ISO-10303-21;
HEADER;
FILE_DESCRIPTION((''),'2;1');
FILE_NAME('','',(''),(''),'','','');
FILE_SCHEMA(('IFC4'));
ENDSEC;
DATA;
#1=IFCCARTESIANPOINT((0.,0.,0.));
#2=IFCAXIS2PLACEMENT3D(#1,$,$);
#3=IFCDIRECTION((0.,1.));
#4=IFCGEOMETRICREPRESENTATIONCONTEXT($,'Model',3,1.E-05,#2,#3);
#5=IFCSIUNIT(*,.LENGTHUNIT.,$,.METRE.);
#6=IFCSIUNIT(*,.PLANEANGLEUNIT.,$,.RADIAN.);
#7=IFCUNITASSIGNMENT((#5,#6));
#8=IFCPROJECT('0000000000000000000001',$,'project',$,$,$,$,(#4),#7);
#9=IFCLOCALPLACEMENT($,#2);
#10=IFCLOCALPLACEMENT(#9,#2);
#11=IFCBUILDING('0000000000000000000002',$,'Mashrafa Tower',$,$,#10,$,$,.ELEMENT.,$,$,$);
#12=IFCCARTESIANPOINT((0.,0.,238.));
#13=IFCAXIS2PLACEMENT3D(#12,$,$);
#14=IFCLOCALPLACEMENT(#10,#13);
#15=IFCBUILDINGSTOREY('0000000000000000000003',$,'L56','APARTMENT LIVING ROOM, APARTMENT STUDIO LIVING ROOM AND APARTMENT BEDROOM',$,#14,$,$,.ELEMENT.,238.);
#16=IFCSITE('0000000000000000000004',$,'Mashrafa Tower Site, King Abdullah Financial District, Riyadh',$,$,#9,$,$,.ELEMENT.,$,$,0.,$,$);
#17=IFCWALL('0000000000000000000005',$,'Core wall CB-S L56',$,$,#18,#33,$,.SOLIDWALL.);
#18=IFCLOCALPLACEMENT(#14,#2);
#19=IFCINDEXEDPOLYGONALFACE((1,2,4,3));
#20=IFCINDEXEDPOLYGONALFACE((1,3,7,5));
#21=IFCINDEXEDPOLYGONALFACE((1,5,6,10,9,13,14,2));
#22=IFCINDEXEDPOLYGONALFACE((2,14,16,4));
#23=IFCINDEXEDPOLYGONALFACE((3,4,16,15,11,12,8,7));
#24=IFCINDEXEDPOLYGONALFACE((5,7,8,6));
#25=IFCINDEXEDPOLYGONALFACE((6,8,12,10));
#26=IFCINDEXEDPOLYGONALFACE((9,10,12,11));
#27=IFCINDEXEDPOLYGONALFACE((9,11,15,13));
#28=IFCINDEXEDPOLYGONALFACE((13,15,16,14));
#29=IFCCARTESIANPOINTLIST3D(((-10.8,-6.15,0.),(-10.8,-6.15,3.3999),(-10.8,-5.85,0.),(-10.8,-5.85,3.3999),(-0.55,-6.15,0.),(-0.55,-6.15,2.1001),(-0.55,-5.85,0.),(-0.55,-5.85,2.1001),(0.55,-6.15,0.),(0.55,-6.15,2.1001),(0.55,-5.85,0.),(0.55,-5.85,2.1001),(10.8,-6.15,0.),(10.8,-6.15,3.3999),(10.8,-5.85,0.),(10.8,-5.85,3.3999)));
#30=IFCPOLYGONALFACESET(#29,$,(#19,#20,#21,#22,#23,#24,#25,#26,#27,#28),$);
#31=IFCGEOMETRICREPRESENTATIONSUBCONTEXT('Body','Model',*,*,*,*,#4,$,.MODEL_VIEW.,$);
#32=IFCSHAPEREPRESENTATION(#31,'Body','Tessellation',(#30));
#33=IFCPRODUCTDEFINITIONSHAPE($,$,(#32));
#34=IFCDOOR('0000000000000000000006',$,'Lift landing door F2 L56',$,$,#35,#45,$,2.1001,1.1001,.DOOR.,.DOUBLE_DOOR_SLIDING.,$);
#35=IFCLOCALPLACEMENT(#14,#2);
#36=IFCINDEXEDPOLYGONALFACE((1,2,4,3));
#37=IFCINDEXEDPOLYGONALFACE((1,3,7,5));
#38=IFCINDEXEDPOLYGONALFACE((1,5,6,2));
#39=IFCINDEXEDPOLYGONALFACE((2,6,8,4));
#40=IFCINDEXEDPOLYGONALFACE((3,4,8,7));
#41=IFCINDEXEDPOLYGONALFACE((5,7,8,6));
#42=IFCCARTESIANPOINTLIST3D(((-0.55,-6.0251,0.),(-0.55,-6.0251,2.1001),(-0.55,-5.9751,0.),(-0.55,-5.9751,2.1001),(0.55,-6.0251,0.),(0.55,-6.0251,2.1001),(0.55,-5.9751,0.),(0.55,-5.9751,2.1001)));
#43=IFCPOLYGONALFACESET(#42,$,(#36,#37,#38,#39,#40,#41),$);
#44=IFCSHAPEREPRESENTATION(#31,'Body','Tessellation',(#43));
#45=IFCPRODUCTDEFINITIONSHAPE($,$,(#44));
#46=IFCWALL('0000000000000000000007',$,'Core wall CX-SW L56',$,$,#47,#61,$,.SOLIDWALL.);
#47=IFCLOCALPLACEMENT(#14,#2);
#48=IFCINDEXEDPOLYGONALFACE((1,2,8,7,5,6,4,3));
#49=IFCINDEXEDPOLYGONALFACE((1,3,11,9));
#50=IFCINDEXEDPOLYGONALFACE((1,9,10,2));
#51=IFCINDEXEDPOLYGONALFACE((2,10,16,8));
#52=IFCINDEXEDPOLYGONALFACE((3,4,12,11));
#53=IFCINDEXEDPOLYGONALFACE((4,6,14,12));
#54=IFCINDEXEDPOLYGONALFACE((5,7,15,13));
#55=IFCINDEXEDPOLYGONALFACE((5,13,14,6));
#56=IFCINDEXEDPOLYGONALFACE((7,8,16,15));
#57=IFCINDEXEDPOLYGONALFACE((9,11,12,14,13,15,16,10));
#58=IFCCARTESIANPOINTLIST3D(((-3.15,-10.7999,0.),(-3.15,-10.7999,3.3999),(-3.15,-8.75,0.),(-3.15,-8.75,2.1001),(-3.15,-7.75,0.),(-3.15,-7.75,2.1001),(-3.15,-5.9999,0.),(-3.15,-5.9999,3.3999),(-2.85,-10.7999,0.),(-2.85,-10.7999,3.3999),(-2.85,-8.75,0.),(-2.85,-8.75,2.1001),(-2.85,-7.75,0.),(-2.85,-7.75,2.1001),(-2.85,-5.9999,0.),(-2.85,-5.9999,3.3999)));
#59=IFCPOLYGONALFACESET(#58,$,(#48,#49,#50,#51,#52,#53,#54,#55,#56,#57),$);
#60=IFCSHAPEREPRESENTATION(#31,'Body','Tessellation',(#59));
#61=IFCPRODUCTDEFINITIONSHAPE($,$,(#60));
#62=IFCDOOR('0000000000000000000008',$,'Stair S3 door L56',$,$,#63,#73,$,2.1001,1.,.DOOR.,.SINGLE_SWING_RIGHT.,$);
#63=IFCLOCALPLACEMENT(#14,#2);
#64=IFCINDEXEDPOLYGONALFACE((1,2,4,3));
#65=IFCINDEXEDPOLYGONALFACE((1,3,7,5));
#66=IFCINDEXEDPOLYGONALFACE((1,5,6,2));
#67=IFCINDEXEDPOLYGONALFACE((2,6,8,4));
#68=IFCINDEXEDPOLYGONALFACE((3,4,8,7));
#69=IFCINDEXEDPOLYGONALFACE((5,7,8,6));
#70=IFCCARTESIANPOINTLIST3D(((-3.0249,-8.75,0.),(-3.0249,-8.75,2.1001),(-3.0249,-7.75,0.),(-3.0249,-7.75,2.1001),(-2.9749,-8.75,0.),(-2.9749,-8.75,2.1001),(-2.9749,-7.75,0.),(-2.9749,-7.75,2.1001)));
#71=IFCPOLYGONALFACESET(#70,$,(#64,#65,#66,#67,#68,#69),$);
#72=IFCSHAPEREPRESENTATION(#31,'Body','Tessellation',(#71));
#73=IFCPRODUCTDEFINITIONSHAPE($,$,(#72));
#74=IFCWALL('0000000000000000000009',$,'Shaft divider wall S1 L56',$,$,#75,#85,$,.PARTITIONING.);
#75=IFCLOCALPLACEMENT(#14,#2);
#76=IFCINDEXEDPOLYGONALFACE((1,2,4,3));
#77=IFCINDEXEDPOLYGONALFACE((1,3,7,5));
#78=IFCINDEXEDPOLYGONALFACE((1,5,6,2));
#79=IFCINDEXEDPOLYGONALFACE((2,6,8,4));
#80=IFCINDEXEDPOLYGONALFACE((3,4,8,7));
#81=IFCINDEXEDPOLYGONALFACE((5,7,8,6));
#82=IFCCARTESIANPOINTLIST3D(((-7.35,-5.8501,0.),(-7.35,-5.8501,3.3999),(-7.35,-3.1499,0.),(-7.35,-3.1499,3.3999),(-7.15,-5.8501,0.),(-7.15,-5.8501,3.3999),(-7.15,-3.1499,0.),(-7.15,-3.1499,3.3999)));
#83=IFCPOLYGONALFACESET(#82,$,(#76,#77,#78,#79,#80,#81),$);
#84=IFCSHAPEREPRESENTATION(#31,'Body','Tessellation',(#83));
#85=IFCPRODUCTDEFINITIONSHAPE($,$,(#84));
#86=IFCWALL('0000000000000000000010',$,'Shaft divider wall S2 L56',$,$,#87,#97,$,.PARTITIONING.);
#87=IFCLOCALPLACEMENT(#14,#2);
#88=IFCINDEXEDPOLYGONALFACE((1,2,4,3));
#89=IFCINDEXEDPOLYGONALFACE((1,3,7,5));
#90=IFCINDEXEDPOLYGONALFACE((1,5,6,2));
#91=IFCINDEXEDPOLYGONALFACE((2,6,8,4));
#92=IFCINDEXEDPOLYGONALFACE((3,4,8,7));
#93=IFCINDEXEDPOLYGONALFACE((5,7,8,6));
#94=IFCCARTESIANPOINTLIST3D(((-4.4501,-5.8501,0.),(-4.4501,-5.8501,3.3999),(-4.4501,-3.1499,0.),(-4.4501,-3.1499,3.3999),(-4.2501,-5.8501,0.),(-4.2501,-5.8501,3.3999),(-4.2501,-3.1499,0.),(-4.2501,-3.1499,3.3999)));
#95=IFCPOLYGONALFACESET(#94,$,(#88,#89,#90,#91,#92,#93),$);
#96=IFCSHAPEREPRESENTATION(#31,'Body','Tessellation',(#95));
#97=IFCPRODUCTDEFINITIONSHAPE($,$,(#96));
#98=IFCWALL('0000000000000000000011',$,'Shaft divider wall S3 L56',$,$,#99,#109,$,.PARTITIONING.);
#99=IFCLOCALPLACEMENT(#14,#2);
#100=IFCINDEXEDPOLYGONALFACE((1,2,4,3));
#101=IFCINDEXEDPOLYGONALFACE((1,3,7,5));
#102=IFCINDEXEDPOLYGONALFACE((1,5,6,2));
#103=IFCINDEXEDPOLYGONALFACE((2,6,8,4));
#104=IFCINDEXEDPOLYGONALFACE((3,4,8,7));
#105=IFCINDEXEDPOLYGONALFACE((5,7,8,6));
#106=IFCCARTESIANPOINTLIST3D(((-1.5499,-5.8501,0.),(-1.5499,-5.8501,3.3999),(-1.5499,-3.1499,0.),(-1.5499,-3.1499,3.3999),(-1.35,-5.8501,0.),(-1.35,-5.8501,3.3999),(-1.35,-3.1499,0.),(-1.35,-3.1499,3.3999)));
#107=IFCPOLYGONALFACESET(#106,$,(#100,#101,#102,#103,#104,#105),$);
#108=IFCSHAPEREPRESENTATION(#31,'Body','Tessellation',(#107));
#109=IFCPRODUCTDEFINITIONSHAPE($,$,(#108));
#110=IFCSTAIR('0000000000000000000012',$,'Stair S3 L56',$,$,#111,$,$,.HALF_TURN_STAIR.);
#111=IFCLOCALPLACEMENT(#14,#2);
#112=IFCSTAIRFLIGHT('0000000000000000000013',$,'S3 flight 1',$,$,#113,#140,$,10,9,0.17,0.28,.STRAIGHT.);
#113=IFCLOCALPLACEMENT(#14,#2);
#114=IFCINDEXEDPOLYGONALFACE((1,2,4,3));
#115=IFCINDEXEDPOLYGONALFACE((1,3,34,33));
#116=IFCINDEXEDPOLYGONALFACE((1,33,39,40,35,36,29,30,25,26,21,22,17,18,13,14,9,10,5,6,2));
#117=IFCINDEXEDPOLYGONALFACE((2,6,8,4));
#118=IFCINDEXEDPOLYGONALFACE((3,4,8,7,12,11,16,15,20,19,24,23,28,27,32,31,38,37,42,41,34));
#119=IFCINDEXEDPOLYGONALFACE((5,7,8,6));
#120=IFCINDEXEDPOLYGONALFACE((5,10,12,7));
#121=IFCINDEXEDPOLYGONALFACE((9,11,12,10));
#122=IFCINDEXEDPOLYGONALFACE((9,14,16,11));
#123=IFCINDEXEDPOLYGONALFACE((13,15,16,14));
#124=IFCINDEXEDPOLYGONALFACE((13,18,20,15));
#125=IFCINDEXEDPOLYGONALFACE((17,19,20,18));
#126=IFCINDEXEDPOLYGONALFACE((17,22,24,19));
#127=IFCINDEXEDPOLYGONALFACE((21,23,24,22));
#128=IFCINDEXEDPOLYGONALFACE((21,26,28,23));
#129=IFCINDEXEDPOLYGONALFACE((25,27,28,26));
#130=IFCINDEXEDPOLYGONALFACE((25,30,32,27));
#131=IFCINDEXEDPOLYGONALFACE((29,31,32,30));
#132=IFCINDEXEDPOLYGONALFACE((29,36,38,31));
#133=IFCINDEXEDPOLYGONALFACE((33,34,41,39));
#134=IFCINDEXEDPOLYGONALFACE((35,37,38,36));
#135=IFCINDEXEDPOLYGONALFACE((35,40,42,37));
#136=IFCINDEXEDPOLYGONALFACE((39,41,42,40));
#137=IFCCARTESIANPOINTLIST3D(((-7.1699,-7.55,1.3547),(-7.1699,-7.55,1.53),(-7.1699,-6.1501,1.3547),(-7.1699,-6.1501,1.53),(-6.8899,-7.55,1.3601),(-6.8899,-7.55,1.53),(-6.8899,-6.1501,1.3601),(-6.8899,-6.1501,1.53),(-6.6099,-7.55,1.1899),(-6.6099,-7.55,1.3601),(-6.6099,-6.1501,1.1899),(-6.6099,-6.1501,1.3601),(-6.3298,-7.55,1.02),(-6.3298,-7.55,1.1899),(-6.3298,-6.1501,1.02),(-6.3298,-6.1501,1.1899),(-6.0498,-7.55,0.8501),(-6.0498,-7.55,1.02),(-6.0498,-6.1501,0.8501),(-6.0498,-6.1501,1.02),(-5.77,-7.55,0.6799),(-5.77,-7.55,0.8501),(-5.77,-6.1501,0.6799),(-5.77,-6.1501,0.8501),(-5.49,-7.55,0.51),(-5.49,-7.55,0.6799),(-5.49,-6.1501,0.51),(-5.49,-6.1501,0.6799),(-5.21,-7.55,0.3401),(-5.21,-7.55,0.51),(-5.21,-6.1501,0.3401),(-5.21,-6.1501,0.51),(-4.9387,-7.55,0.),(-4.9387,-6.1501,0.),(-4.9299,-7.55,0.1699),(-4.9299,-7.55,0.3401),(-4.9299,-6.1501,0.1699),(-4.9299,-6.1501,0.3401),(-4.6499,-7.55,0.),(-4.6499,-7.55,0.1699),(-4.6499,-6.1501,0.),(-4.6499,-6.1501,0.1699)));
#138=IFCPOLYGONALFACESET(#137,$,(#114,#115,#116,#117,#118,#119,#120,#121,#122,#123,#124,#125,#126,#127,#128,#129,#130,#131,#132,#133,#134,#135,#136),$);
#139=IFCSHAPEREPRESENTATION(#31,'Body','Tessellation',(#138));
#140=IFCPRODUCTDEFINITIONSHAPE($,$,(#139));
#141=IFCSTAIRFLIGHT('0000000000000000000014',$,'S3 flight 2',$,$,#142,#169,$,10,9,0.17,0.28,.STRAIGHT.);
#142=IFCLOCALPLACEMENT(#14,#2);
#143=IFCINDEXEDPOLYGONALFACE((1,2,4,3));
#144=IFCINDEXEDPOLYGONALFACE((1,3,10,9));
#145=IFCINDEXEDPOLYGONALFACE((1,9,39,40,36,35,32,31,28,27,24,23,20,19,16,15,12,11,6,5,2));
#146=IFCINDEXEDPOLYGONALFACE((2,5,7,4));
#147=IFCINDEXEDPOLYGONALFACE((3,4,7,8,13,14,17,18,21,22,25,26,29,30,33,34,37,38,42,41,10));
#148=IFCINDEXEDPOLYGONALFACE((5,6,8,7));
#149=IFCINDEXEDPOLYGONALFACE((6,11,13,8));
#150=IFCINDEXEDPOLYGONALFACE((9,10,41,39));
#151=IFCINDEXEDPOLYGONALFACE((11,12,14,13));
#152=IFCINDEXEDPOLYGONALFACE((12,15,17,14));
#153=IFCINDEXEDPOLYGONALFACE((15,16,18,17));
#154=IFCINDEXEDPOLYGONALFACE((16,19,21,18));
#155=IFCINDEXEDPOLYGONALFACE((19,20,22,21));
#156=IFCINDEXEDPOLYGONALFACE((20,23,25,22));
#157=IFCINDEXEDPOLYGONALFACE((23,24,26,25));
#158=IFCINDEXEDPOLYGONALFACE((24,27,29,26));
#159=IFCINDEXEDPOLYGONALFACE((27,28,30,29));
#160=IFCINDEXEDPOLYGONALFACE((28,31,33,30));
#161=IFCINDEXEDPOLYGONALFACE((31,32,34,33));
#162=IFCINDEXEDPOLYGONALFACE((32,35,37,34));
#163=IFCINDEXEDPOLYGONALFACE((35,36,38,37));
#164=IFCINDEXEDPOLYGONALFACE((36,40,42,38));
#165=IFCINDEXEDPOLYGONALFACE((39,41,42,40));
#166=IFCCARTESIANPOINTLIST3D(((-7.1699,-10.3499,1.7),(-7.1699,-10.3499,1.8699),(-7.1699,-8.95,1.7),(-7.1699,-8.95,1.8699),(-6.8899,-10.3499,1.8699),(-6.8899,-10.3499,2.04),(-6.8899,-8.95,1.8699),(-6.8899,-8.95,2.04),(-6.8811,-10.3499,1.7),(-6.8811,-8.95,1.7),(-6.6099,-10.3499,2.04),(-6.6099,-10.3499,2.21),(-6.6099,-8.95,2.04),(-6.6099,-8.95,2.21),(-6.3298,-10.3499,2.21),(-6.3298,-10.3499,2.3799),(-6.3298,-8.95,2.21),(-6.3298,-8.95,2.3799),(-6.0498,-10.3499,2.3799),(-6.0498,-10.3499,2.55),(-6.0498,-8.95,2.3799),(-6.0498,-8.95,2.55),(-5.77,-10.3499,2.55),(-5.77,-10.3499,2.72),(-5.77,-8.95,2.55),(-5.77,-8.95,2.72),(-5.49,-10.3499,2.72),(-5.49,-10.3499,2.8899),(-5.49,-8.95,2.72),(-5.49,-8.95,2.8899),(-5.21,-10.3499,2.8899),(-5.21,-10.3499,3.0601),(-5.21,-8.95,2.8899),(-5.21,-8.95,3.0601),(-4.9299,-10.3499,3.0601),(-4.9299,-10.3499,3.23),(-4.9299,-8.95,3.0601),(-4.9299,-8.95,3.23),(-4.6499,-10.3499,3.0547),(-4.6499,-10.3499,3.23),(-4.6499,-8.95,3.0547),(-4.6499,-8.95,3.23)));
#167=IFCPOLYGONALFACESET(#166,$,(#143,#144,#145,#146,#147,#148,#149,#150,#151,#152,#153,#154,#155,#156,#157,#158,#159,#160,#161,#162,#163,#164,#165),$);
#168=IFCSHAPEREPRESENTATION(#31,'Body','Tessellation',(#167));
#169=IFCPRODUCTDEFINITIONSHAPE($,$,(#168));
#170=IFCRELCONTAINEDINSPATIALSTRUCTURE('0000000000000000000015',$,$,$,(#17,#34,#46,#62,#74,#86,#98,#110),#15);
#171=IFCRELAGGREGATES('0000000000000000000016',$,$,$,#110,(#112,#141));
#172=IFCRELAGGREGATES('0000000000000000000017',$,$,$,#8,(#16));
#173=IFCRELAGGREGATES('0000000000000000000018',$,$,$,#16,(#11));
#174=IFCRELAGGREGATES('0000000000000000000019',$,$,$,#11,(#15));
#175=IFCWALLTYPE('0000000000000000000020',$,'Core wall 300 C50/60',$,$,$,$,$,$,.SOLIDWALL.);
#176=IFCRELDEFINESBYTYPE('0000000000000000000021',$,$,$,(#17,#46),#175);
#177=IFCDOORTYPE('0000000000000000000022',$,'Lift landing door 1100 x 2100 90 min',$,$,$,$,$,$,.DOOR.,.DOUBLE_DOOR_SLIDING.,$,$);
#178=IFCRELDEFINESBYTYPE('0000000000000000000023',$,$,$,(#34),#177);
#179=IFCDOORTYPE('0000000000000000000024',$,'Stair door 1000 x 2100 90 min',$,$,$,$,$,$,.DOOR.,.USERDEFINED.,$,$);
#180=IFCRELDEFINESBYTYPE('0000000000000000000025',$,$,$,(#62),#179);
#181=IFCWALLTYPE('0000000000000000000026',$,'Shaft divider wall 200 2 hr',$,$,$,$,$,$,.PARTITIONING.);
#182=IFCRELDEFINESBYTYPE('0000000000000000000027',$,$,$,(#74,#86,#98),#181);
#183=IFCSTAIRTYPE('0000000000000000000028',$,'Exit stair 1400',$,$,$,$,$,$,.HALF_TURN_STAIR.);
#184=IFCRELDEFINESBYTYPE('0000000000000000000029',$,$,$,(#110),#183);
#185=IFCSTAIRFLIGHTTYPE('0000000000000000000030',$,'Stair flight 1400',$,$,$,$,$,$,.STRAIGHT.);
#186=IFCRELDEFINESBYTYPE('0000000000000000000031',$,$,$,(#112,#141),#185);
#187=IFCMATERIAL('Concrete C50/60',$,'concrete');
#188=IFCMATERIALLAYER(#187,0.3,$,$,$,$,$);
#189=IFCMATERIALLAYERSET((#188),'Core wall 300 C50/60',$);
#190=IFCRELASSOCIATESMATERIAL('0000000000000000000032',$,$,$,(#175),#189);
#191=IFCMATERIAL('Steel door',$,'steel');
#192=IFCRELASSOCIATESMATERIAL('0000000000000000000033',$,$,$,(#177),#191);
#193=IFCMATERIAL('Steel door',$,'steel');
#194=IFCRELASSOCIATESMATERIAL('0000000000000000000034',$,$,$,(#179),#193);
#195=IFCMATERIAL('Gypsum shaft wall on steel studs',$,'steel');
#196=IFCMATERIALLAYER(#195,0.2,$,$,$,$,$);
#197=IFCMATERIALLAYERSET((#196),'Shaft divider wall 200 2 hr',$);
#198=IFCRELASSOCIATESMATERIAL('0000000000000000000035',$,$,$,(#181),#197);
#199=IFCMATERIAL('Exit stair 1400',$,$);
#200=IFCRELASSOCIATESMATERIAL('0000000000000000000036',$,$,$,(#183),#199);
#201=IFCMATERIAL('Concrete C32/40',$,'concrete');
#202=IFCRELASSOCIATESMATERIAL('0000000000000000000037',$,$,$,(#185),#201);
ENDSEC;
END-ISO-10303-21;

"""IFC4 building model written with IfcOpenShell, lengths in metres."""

from ifc_helpers import new_model, si_unit, direction, frame, frame_2d, origin, place, context, subcontext, project, spatial, polyline, rectangle, outline, extrude, material, layer, layer_set, type_object, element, fill, aggregate, save


model = new_model("IFC4")

# Units and contexts
model_context = context("Model", 3, precision=1e-05, world=origin(), true_north=direction((0.0, 1.0)))
body_context = subcontext(model_context, "Body", "Model", "MODEL_VIEW")
ifc_project = project(units=[si_unit("LENGTHUNIT", "METRE"), si_unit("PLANEANGLEUNIT", "RADIAN")], contexts=[model_context])

# Site, building, storey
site_placement = place(None, origin())
site = spatial("IfcSite", under=ifc_project, at=site_placement, Name="Mashrafa Tower Site, King Abdullah Financial District, Riyadh", CompositionType="ELEMENT", RefElevation=0.0)
building_placement = place(site_placement, origin())
building = spatial("IfcBuilding", under=site, at=building_placement, Name="Mashrafa Tower", CompositionType="ELEMENT")
storey_placement = place(building_placement, frame((0.0, 0.0, 238.0)))
storey = spatial("IfcBuildingStorey", under=building, at=storey_placement, Name="L56", Description="APARTMENT LIVING ROOM, APARTMENT STUDIO LIVING ROOM AND APARTMENT BEDROOM", CompositionType="ELEMENT", Elevation=238.0)

# Shared definitions
ifc_material_1 = material(Name="Concrete C50/60", Category="concrete")
ifc_layer_1 = layer(ifc_material_1, 0.3)
ifc_layer_set_1 = layer_set([ifc_layer_1], Name="Core wall 300 C50/60")
wall_type_1 = type_object("IfcWallType", Name="Core wall 300 C50/60", PredefinedType="SOLIDWALL", material=ifc_layer_set_1)
ifc_material_2 = material(Name="Steel door", Category="steel")
door_type_1 = type_object("IfcDoorType", Name="Lift landing door 1100 x 2100 90 min", OperationType="DOUBLE_DOOR_SLIDING", PredefinedType="DOOR", material=ifc_material_2)

# Walls, openings, doors
wall_1_placement = place(storey_placement, frame((-10.8, -6.0, 0.0), z_axis=(0.0, 0.0, 1.0), x_axis=(1.0, 0.0, 0.0)))
wall_1 = element("IfcWall", 1, at=wall_1_placement, inside=storey, type_object=wall_type_1, Name="Core wall CB-S L56", PredefinedType="SOLIDWALL", context=body_context, shape_type="SweptSolid", body=[
    extrude(rectangle(XDim=21.6001, YDim=0.3, at=frame_2d((10.8, 0.0))), origin(), (0.0, 0.0, 1.0), 3.3999),
])
opening_1_placement = place(wall_1_placement, frame((10.25, 0.0, 0.0)))
opening_1 = element("IfcOpeningElement", 2, at=opening_1_placement, cuts=wall_1, PredefinedType="OPENING", context=body_context, shape_type="SweptSolid", body=[
    extrude(rectangle(XDim=1.1001, YDim=2.1001, at=frame_2d((0.55, 1.05))), frame((0.0, 0.1599, 0.0), z_axis=(0.0, -1.0, 0.0), x_axis=(1.0, 0.0, 0.0)), (0.0, 0.0, 1.0), 0.3201),
])
door_1_placement = place(opening_1_placement, origin())
door_1 = element("IfcDoor", 3, at=door_1_placement, inside=storey, type_object=door_type_1, Name="Lift landing door F2 L56", OperationType="DOUBLE_DOOR_SLIDING", OverallHeight=2.1001, OverallWidth=1.1001, PredefinedType="DOOR", context=body_context, shape_type="SweptSolid", body=[
    extrude(rectangle(XDim=1.1001, YDim=2.1001, at=frame_2d((0.55, 1.05))), frame((0.0, 0.0249, 0.0), z_axis=(0.0, -1.0, 0.0), x_axis=(1.0, 0.0, 0.0)), (0.0, 0.0, 1.0), 0.05),
])
fill(opening_1, door_1)
wall_2_placement = place(storey_placement, frame((-3.0, -6.0, 0.0), z_axis=(0.0, 0.0, 1.0), x_axis=(0.0, -1.0, 0.0)))
wall_2 = element("IfcWall", 4, at=wall_2_placement, inside=storey, type_object=wall_type_1, Name="Core wall CX-SW L56", PredefinedType="SOLIDWALL", context=body_context, shape_type="SweptSolid", body=[
    extrude(rectangle(XDim=4.8, YDim=0.3, at=frame_2d((2.3999, 0.0))), origin(), (0.0, 0.0, 1.0), 3.3999),
])
opening_2_placement = place(wall_2_placement, frame((1.75, 0.0, 0.0)))
opening_2 = element("IfcOpeningElement", 5, at=opening_2_placement, cuts=wall_2, PredefinedType="OPENING", context=body_context, shape_type="SweptSolid", body=[
    extrude(rectangle(XDim=1.0, YDim=2.1001, at=frame_2d((0.5, 1.05))), frame((0.0, 0.1599, 0.0), z_axis=(0.0, -1.0, 0.0), x_axis=(1.0, 0.0, 0.0)), (0.0, 0.0, 1.0), 0.3201),
])
ifc_material_3 = material(Name="Steel door", Category="steel")
door_type_2 = type_object("IfcDoorType", Name="Stair door 1000 x 2100 90 min", OperationType="USERDEFINED", PredefinedType="DOOR", material=ifc_material_3)
door_2_placement = place(opening_2_placement, frame((1.0, 0.0, 0.0), z_axis=(0.0, 0.0, 1.0), x_axis=(-1.0, 0.0, 0.0)))
door_2 = element("IfcDoor", 6, at=door_2_placement, inside=storey, type_object=door_type_2, Name="Stair S3 door L56", OperationType="SINGLE_SWING_RIGHT", OverallHeight=2.1001, OverallWidth=1.0, PredefinedType="DOOR", context=body_context, shape_type="SweptSolid", body=[
    extrude(rectangle(XDim=1.0, YDim=2.1001, at=frame_2d((0.5, 1.05))), frame((0.0, 0.0249, 0.0), z_axis=(0.0, -1.0, 0.0), x_axis=(1.0, 0.0, 0.0)), (0.0, 0.0, 1.0), 0.05),
])
fill(opening_2, door_2)

# Walls
ifc_material_4 = material(Name="Gypsum shaft wall on steel studs", Category="steel")
ifc_layer_2 = layer(ifc_material_4, 0.2)
ifc_layer_set_2 = layer_set([ifc_layer_2], Name="Shaft divider wall 200 2 hr")
wall_type_2 = type_object("IfcWallType", Name="Shaft divider wall 200 2 hr", PredefinedType="PARTITIONING", material=ifc_layer_set_2)
for number, where, z_axis, x_axis, name in (
    (7, (-7.25, -5.8501, 0.0), (0.0, 0.0, 1.0), (0.0, 1.0, 0.0), "Shaft divider wall S1 L56"),
    (8, (-4.3501, -5.8501, 0.0), (0.0, 0.0, 1.0), (0.0, 1.0, 0.0), "Shaft divider wall S2 L56"),
    (9, (-1.45, -5.8501, 0.0), (0.0, 0.0, 1.0), (0.0, 1.0, 0.0), "Shaft divider wall S3 L56"),
):
    element("IfcWall", number, at=place(storey_placement, frame(where, z_axis=z_axis, x_axis=x_axis)), inside=storey, type_object=wall_type_2, Name=name, PredefinedType="PARTITIONING", context=body_context, shape_type="SweptSolid", body=[
        extrude(rectangle(XDim=2.7002, YDim=0.2, at=frame_2d((1.3501, 0.0))), origin(), (0.0, 0.0, 1.0), 3.3999),
    ])

# Stair, stair flights
ifc_material_5 = material(Name="Exit stair 1400")
stair_type = type_object("IfcStairType", Name="Exit stair 1400", PredefinedType="HALF_TURN_STAIR", material=ifc_material_5)
stair_placement = place(storey_placement, origin())
stair = element("IfcStair", 10, at=stair_placement, inside=storey, type_object=stair_type, Name="Stair S3 L56", PredefinedType="HALF_TURN_STAIR")
ifc_material_6 = material(Name="Concrete C32/40", Category="concrete")
stair_flight_type = type_object("IfcStairFlightType", Name="Stair flight 1400", PredefinedType="STRAIGHT", material=ifc_material_6)
stair_flight_1_placement = place(storey_placement, frame((-4.6499, -6.8501, 0.0), z_axis=(0.0, 0.0, 1.0), x_axis=(-1.0, 0.0, 0.0)))
stair_flight_1 = element("IfcStairFlight", 11, at=stair_flight_1_placement, type_object=stair_flight_type, Name="S3 flight 1", NumberOfRisers=10, NumberOfTreads=9, PredefinedType="STRAIGHT", RiserHeight=0.17, TreadLength=0.28, context=body_context, shape_type="SweptSolid", body=[
    extrude(outline(polyline([(0.0, 0.0), (0.0, 0.1699), (0.28, 0.1699), (0.28, 0.3401), (0.5601, 0.3401), (0.5601, 0.51), (0.8401, 0.51), (0.8401, 0.6799), (1.1201, 0.6799), (1.1201, 0.8501), (1.3999, 0.8501), (1.3999, 1.02), (1.6799, 1.02), (1.6799, 1.1899), (1.96, 1.1899), (1.96, 1.3601), (2.24, 1.3601), (2.24, 1.53), (2.52, 1.53), (2.52, 1.7), (2.52, 1.3547), (0.2888, 0.0), (0.0, 0.0)])), frame((0.0, 0.7, 0.0), z_axis=(0.0, -1.0, 0.0), x_axis=(1.0, 0.0, 0.0)), (0.0, 0.0, 1.0), 1.3999),
])
stair_flight_2_placement = place(storey_placement, frame((-7.1699, -9.6499, 1.7), z_axis=(0.0, 0.0, 1.0), x_axis=(1.0, 0.0, 0.0)))
stair_flight_2 = element("IfcStairFlight", 12, at=stair_flight_2_placement, type_object=stair_flight_type, Name="S3 flight 2", NumberOfRisers=10, NumberOfTreads=9, PredefinedType="STRAIGHT", RiserHeight=0.17, TreadLength=0.28, context=body_context, shape_type="SweptSolid", body=[
    extrude(outline(polyline([(0.0, 0.0), (0.0, 0.1699), (0.28, 0.1699), (0.28, 0.3401), (0.5601, 0.3401), (0.5601, 0.51), (0.8401, 0.51), (0.8401, 0.6799), (1.1201, 0.6799), (1.1201, 0.8501), (1.3999, 0.8501), (1.3999, 1.02), (1.6799, 1.02), (1.6799, 1.1899), (1.96, 1.1899), (1.96, 1.3601), (2.24, 1.3601), (2.24, 1.53), (2.52, 1.53), (2.52, 1.7), (2.52, 1.3547), (0.2888, 0.0), (0.0, 0.0)])), frame((0.0, 0.7, 0.0), z_axis=(0.0, -1.0, 0.0), x_axis=(1.0, 0.0, 0.0)), (0.0, 0.0, 1.0), 1.3999),
])
aggregate(stair, [stair_flight_1, stair_flight_2])

save(model, "model.ifc")
